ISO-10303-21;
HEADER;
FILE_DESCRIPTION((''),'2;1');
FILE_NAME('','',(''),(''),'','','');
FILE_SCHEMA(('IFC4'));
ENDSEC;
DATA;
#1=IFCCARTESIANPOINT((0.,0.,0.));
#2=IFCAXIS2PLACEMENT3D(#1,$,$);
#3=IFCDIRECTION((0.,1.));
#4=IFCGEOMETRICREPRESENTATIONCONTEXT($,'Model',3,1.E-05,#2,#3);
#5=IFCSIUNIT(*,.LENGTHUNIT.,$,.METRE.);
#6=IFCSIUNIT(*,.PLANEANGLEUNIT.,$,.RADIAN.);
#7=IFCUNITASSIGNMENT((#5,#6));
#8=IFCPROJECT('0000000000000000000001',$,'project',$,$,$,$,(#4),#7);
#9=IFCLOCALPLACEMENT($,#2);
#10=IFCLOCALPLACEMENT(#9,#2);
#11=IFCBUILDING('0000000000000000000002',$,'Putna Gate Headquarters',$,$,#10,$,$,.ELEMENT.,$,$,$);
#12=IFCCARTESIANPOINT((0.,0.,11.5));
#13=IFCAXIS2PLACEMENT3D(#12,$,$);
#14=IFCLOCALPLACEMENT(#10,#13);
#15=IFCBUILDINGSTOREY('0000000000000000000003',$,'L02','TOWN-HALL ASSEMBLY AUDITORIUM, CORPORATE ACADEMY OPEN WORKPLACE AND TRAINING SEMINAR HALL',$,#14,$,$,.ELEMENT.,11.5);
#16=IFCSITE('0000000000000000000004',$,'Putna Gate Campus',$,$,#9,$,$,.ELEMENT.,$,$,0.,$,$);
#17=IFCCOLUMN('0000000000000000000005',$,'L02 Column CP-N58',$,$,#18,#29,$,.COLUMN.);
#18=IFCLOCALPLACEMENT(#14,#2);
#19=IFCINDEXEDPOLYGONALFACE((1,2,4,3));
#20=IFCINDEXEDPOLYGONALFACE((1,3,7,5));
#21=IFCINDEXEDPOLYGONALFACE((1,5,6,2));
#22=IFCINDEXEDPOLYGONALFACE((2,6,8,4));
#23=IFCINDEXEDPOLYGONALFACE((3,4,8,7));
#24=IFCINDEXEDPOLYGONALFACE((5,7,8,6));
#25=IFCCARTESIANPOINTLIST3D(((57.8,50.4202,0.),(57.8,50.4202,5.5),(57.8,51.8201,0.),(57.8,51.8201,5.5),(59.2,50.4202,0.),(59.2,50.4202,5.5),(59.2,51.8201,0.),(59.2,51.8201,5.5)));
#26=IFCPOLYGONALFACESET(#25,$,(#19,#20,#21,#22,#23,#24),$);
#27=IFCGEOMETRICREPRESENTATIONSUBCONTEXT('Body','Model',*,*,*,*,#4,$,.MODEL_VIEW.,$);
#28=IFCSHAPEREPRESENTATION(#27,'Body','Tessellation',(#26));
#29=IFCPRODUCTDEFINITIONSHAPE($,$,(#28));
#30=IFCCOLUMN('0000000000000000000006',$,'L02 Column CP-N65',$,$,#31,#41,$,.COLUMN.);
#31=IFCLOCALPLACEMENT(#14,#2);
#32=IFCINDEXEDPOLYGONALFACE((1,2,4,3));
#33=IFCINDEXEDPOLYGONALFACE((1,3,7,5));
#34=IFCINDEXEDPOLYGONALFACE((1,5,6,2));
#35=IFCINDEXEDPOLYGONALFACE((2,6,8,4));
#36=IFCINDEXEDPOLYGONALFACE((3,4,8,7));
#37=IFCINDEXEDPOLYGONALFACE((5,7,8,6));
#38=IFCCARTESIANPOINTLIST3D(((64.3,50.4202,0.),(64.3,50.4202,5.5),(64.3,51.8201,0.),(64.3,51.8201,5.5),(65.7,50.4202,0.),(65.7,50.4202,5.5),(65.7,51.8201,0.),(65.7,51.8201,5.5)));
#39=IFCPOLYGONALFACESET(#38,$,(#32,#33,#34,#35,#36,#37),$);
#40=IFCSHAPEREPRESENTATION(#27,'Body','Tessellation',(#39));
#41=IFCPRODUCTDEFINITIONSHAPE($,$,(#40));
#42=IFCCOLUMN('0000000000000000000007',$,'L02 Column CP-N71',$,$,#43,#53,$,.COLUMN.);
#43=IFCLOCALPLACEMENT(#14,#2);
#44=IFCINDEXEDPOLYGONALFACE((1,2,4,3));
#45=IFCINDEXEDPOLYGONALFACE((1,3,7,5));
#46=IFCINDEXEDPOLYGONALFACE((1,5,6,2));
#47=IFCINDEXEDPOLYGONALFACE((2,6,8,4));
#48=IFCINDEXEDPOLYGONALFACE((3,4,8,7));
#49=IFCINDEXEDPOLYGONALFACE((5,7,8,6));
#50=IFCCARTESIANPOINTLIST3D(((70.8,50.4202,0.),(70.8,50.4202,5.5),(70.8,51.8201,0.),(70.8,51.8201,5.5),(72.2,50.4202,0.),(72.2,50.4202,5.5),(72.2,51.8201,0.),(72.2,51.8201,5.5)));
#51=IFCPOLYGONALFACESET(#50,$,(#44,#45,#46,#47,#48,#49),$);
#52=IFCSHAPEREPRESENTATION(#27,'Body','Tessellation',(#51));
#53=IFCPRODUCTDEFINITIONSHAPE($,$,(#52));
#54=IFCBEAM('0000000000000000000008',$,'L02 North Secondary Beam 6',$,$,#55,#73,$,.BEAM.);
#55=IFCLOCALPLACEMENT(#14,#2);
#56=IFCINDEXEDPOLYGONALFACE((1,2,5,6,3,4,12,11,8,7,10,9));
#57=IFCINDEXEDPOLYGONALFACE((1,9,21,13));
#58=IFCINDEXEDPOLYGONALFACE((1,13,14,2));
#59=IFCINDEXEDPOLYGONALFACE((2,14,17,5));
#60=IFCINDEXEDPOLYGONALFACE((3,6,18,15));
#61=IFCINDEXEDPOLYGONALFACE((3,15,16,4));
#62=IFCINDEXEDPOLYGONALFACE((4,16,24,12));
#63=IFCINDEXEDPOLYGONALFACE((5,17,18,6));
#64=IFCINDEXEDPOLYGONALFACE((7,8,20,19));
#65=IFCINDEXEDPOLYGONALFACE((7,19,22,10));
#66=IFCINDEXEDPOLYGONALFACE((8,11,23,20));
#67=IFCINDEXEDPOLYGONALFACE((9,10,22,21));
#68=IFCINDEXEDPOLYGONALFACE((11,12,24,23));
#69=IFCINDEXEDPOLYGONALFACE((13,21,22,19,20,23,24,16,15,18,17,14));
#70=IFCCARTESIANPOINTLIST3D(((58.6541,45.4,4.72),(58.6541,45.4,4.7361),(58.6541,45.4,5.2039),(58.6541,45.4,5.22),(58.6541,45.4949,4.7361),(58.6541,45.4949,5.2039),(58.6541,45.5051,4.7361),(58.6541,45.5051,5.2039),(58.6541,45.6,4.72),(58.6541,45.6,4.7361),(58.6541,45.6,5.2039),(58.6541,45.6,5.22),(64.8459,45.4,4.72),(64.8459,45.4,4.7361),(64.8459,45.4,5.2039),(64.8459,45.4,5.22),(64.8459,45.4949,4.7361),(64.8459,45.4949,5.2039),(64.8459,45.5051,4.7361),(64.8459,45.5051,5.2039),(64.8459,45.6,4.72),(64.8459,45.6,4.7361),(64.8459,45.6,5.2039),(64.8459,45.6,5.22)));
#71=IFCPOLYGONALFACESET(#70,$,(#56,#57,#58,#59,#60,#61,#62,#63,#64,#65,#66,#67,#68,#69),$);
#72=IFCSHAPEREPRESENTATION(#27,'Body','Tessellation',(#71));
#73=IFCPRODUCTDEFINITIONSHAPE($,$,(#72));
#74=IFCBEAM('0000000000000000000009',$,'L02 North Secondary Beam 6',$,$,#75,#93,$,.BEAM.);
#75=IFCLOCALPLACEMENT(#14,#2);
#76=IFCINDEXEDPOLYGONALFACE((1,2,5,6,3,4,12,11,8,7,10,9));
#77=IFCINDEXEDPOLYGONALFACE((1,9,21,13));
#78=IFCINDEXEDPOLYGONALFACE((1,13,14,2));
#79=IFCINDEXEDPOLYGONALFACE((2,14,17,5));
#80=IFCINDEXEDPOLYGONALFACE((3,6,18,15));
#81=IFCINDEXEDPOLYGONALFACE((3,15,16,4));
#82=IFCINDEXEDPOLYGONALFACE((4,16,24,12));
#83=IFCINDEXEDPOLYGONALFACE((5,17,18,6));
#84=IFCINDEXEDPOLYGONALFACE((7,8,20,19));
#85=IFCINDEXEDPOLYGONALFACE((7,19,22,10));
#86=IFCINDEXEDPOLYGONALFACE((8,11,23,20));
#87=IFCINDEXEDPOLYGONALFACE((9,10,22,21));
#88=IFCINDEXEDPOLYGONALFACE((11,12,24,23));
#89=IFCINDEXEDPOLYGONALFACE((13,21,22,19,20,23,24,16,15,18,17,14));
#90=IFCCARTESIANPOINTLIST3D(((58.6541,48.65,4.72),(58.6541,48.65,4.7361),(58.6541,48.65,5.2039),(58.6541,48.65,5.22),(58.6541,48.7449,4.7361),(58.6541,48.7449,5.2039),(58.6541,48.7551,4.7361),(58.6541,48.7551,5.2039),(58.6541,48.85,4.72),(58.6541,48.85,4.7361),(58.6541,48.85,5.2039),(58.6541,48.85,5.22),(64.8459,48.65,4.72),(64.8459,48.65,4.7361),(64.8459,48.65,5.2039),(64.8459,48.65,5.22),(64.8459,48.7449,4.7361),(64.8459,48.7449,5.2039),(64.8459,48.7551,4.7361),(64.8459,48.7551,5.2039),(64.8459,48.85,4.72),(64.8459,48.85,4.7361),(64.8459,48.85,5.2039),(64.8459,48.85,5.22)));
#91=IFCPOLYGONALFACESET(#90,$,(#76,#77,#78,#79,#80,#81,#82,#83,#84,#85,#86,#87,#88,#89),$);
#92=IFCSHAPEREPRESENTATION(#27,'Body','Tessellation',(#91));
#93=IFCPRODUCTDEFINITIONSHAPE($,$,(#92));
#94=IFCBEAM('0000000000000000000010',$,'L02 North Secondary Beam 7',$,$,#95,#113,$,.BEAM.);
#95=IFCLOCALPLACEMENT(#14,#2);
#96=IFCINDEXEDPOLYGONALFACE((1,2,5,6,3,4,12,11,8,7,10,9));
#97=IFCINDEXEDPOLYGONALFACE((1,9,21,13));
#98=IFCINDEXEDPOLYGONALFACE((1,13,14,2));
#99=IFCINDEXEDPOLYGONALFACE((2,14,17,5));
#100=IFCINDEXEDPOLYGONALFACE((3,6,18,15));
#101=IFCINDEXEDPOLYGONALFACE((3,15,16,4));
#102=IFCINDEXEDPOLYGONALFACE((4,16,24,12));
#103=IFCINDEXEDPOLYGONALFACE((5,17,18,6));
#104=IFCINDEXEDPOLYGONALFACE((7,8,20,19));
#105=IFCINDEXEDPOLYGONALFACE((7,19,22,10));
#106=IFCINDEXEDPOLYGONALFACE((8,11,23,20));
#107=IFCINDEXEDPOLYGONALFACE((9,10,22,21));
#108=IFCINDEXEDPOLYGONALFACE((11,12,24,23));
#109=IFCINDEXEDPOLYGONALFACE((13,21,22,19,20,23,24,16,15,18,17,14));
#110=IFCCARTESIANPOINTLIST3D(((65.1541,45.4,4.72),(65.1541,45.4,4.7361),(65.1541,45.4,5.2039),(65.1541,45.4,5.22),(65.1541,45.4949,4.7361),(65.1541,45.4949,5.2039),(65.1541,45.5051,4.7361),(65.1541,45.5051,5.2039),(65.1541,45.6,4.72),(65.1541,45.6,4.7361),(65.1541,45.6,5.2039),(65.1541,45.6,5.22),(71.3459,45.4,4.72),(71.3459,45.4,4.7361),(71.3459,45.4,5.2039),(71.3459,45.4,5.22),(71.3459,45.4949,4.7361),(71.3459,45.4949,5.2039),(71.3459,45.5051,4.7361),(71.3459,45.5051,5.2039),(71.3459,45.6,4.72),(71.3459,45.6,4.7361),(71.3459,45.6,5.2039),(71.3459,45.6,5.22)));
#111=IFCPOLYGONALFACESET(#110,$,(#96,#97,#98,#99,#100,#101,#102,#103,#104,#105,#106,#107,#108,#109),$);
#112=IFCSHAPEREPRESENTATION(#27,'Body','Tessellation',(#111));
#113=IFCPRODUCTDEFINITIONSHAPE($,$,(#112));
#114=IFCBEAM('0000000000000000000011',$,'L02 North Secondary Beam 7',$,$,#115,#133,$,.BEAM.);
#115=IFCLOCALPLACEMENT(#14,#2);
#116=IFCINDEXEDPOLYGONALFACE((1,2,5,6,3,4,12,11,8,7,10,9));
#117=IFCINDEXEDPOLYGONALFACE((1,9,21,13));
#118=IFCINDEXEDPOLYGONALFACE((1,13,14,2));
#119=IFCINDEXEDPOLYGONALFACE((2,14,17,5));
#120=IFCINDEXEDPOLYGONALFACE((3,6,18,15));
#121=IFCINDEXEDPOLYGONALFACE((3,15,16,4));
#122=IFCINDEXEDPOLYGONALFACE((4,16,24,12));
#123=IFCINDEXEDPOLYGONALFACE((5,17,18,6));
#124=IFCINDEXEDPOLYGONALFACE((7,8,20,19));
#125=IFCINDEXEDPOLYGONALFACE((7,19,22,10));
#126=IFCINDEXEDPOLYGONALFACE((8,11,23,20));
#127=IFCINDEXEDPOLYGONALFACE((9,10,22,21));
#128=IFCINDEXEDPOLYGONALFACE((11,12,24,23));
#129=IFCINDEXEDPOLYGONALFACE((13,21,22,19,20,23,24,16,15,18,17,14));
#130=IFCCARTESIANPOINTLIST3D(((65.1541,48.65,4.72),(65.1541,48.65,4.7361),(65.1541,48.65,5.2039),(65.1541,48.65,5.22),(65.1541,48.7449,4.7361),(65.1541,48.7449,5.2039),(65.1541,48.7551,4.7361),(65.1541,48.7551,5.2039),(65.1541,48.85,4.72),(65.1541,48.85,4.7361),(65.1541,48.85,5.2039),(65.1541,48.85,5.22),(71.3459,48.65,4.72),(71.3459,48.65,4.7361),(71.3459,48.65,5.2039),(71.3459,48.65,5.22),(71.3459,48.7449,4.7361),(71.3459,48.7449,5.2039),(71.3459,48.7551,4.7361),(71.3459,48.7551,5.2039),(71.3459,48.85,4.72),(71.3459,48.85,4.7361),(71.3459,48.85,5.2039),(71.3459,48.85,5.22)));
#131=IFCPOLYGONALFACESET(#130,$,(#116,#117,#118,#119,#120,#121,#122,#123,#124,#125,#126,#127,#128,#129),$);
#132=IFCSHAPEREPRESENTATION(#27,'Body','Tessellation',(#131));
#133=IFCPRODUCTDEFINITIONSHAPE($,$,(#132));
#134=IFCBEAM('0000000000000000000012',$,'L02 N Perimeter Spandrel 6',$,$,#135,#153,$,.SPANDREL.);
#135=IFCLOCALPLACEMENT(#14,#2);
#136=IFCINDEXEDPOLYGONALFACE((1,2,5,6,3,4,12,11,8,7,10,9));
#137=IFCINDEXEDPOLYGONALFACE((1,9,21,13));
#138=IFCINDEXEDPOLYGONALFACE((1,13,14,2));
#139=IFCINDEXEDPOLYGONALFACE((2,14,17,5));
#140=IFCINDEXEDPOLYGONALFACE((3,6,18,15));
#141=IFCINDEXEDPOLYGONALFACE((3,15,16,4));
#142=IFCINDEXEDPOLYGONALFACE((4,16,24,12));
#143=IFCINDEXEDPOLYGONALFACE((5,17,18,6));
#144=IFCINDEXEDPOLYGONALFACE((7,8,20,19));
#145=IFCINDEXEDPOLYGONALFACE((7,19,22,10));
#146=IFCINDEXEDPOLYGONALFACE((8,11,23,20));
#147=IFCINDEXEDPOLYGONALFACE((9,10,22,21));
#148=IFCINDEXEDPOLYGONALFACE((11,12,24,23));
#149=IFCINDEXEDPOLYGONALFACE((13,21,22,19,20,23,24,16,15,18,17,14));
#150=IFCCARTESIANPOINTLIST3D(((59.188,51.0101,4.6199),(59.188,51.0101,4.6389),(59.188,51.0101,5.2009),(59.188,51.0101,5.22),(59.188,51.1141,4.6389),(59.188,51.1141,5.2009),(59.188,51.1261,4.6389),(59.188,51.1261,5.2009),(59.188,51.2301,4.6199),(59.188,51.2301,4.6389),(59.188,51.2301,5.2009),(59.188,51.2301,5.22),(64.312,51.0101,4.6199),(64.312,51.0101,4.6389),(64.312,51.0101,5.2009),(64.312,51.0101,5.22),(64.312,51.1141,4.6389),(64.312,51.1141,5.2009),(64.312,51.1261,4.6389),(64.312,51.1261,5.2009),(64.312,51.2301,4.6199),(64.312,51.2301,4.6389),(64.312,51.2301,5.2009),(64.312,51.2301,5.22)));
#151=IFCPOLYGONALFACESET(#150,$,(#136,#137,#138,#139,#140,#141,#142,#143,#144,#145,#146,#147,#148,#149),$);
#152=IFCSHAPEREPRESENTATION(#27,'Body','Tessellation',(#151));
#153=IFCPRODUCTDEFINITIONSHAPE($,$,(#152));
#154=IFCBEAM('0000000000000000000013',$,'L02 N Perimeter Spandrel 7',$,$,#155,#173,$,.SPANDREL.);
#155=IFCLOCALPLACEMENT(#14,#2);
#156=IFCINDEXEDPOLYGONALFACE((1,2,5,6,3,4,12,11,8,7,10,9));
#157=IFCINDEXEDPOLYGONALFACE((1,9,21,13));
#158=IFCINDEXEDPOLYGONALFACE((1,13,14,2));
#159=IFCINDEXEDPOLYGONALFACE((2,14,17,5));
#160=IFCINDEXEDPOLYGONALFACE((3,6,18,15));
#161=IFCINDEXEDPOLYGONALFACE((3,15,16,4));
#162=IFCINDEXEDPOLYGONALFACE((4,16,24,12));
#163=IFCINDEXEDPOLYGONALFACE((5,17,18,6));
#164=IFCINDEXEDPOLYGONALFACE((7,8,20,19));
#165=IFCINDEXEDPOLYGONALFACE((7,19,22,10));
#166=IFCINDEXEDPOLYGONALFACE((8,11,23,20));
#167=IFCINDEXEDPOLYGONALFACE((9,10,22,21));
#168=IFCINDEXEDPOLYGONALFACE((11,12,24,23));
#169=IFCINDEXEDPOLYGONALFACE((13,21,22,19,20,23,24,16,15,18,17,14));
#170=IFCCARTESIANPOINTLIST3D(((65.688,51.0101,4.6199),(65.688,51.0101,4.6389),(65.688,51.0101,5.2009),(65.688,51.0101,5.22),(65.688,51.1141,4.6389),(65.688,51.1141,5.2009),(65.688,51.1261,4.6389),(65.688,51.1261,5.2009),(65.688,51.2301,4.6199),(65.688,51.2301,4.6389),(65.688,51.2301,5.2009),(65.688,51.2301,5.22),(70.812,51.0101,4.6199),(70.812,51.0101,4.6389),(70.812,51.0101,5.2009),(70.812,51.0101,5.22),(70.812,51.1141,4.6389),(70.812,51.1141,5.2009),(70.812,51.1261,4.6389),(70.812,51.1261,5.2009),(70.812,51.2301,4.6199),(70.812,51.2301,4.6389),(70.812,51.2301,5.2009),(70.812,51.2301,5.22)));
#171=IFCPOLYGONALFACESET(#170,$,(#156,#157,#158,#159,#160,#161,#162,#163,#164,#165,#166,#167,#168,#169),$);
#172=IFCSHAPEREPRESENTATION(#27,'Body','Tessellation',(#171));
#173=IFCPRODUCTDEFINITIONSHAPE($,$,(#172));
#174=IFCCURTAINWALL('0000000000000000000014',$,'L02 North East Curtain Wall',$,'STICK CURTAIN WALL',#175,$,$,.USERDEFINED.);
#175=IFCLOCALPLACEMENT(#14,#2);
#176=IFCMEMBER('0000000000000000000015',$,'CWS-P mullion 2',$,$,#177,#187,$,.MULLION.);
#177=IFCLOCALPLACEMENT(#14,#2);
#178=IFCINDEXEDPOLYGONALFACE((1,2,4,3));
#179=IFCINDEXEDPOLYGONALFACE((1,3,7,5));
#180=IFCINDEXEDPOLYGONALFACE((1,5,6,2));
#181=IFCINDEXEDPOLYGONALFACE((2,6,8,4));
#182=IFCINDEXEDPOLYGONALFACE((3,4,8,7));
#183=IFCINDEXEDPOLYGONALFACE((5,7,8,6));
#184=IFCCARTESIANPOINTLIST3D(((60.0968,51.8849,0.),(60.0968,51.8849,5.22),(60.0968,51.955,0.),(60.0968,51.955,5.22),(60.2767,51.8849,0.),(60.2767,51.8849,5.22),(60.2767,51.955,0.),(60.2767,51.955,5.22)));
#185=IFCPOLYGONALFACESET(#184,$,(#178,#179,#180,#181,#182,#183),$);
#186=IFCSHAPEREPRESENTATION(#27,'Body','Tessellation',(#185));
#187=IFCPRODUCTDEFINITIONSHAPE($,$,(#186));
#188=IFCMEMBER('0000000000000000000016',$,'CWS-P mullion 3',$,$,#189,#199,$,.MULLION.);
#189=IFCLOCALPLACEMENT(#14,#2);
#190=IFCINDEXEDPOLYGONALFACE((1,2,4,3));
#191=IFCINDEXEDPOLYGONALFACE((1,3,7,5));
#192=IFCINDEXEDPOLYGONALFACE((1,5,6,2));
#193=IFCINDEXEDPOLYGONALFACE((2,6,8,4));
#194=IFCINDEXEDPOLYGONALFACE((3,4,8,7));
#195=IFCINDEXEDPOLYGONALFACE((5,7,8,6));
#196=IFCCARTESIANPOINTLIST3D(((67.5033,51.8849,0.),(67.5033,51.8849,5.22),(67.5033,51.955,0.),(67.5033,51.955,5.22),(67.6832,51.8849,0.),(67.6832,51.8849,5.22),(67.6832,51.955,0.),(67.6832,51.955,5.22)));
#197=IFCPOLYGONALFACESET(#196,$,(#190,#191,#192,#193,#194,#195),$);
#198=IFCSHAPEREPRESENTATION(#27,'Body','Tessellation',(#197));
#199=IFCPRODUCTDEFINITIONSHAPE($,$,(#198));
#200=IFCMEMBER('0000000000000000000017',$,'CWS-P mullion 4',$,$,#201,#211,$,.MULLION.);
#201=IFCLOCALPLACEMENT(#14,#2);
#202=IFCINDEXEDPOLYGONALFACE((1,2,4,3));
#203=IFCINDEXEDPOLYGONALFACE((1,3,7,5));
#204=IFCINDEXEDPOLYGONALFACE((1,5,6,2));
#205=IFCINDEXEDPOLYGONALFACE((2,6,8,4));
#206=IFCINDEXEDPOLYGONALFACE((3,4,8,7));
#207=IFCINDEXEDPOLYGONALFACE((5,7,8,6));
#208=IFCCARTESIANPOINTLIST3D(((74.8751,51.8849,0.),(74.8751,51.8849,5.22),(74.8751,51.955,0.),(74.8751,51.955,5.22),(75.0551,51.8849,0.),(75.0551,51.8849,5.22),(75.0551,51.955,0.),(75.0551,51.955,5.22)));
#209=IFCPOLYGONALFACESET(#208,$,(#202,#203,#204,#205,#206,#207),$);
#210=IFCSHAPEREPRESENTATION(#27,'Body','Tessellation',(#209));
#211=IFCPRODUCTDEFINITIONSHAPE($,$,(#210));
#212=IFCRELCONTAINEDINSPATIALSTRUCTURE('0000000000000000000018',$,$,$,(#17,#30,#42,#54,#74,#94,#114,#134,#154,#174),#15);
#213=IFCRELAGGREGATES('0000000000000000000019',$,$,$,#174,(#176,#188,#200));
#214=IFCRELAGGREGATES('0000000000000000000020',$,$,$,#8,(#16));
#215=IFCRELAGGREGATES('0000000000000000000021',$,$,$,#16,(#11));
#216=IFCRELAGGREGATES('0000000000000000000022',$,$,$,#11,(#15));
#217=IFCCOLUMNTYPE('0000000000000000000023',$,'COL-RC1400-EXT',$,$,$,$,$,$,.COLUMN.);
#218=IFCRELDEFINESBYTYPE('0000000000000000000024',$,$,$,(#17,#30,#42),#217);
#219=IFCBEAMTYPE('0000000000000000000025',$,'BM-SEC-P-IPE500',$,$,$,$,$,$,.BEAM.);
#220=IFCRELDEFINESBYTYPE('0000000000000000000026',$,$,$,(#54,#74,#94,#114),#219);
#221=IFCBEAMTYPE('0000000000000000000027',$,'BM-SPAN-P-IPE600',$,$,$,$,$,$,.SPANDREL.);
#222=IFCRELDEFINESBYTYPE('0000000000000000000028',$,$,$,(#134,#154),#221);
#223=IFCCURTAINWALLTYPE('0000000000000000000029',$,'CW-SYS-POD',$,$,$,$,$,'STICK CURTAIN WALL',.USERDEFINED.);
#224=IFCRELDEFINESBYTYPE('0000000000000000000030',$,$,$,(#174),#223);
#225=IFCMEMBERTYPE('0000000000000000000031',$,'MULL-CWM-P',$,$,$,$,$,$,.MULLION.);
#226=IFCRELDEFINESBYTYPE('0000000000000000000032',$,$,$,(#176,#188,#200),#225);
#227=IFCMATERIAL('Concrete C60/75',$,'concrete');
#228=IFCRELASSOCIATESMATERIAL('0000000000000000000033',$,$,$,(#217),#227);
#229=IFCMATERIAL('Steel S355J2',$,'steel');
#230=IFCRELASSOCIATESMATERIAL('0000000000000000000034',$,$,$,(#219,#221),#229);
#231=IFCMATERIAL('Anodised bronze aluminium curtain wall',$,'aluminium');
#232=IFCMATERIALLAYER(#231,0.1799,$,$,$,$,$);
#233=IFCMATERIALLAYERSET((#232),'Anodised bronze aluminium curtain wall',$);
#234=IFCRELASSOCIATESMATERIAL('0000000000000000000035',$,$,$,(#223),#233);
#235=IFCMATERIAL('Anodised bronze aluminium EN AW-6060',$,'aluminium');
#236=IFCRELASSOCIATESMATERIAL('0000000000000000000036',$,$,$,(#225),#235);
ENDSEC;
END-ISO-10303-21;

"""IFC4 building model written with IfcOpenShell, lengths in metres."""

from ifc_helpers import new_model, si_unit, direction, frame, origin, origin_2d, place, context, subcontext, project, spatial, rectangle, i_section, extrude, material, layer, layer_set, material_profile, profile_set, type_object, element, aggregate, save


model = new_model("IFC4")

# Units and contexts
model_context = context("Model", 3, precision=1e-05, world=origin(), true_north=direction((0.0, 1.0)))
body_context = subcontext(model_context, "Body", "Model", "MODEL_VIEW")
ifc_project = project(units=[si_unit("LENGTHUNIT", "METRE"), si_unit("PLANEANGLEUNIT", "RADIAN")], contexts=[model_context])

# Site, building, storey
site_placement = place(None, origin())
site = spatial("IfcSite", under=ifc_project, at=site_placement, Name="Putna Gate Campus", CompositionType="ELEMENT", RefElevation=0.0)
building_placement = place(site_placement, origin())
building = spatial("IfcBuilding", under=site, at=building_placement, Name="Putna Gate Headquarters", CompositionType="ELEMENT")
storey_placement = place(building_placement, frame((0.0, 0.0, 11.5)))
storey = spatial("IfcBuildingStorey", under=building, at=storey_placement, Name="L02", Description="TOWN-HALL ASSEMBLY AUDITORIUM, CORPORATE ACADEMY OPEN WORKPLACE AND TRAINING SEMINAR HALL", CompositionType="ELEMENT", Elevation=11.5)

# Columns
ifc_material_1 = material(Name="Concrete C60/75", Category="concrete")
ifc_material_profile_1 = material_profile(ifc_material_1, rectangle(XDim=1.3999, YDim=1.3999, at=origin_2d()), Name="Concrete C60/75")
ifc_profile_set_1 = profile_set([ifc_material_profile_1], Name="Concrete C60/75")
column_type = type_object("IfcColumnType", Name="COL-RC1400-EXT", PredefinedType="COLUMN", material=ifc_profile_set_1)
for number, where, z_axis, x_axis, name in (
    (1, (58.5, 51.1201, 0.0), (0.0, 0.0, 1.0), (1.0, 0.0, 0.0), "L02 Column CP-N58"),
    (2, (65.0, 51.1201, 0.0), (0.0, 0.0, 1.0), (1.0, 0.0, 0.0), "L02 Column CP-N65"),
    (3, (71.5, 51.1201, 0.0), (0.0, 0.0, 1.0), (1.0, 0.0, 0.0), "L02 Column CP-N71"),
):
    element("IfcColumn", number, at=place(storey_placement, frame(where, z_axis=z_axis, x_axis=x_axis)), inside=storey, type_object=column_type, Name=name, PredefinedType="COLUMN", context=body_context, shape_type="SweptSolid", body=[
        extrude(rectangle(XDim=1.3999, YDim=1.3999, at=origin_2d()), origin(), (0.0, 0.0, 1.0), 5.5),
    ])

# Beams
ifc_material_2 = material(Name="Steel S355J2", Category="steel")
ifc_material_profile_2 = material_profile(ifc_material_2, i_section(OverallWidth=0.2, OverallDepth=0.5, WebThickness=0.0103, FlangeThickness=0.0161, at=origin_2d()), Name="Steel S355J2")
ifc_profile_set_2 = profile_set([ifc_material_profile_2], Name="Steel S355J2")
beam_type_1 = type_object("IfcBeamType", Name="BM-SEC-P-IPE500", PredefinedType="BEAM", material=ifc_profile_set_2)
for number, where, z_axis, x_axis, name in (
    (4, (58.6541, 45.5, 4.97), (1.0, 0.0, 0.0), (0.0, 1.0, 0.0), "L02 North Secondary Beam 6"),
    (5, (58.6541, 48.75, 4.97), (1.0, 0.0, 0.0), (0.0, 1.0, 0.0), "L02 North Secondary Beam 6"),
    (6, (65.1541, 45.5, 4.97), (1.0, 0.0, 0.0), (0.0, 1.0, 0.0), "L02 North Secondary Beam 7"),
    (7, (65.1541, 48.75, 4.97), (1.0, 0.0, 0.0), (0.0, 1.0, 0.0), "L02 North Secondary Beam 7"),
):
    element("IfcBeam", number, at=place(storey_placement, frame(where, z_axis=z_axis, x_axis=x_axis)), inside=storey, type_object=beam_type_1, Name=name, PredefinedType="BEAM", context=body_context, shape_type="SweptSolid", body=[
        extrude(i_section(OverallWidth=0.2, OverallDepth=0.5, WebThickness=0.0103, FlangeThickness=0.0161, at=origin_2d()), origin(), (0.0, 0.0, 1.0), 6.1919),
    ])
ifc_material_profile_3 = material_profile(ifc_material_2, i_section(OverallWidth=0.22, OverallDepth=0.6001, WebThickness=0.012, FlangeThickness=0.019, at=origin_2d()), Name="Steel S355J2")
ifc_profile_set_3 = profile_set([ifc_material_profile_3], Name="Steel S355J2")
beam_type_2 = type_object("IfcBeamType", Name="BM-SPAN-P-IPE600", PredefinedType="SPANDREL", material=ifc_profile_set_3)
for number, where, z_axis, x_axis, name in (
    (8, (59.188, 51.1201, 4.9199), (1.0, 0.0, 0.0), (0.0, 1.0, 0.0), "L02 N Perimeter Spandrel 6"),
    (9, (65.688, 51.1201, 4.9199), (1.0, 0.0, 0.0), (0.0, 1.0, 0.0), "L02 N Perimeter Spandrel 7"),
):
    element("IfcBeam", number, at=place(storey_placement, frame(where, z_axis=z_axis, x_axis=x_axis)), inside=storey, type_object=beam_type_2, Name=name, PredefinedType="SPANDREL", context=body_context, shape_type="SweptSolid", body=[
        extrude(i_section(OverallWidth=0.22, OverallDepth=0.6001, WebThickness=0.012, FlangeThickness=0.019, at=origin_2d()), origin(), (0.0, 0.0, 1.0), 5.124),
    ])

# Curtain wall, members
ifc_material_3 = material(Name="Anodised bronze aluminium curtain wall", Category="aluminium")
ifc_layer_1 = layer(ifc_material_3, 0.1799)
ifc_layer_set_1 = layer_set([ifc_layer_1], Name="Anodised bronze aluminium curtain wall")
curtain_wall_type = type_object("IfcCurtainWallType", Name="CW-SYS-POD", ElementType="STICK CURTAIN WALL", PredefinedType="USERDEFINED", material=ifc_layer_set_1)
curtain_wall_placement = place(storey_placement, origin())
curtain_wall = element("IfcCurtainWall", 10, at=curtain_wall_placement, inside=storey, type_object=curtain_wall_type, Name="L02 North East Curtain Wall", ObjectType="STICK CURTAIN WALL", PredefinedType="USERDEFINED")
ifc_material_4 = material(Name="Anodised bronze aluminium EN AW-6060", Category="aluminium")
ifc_material_profile_4 = material_profile(ifc_material_4, rectangle(XDim=0.0701, YDim=0.1799, at=origin_2d()), Name="Anodised bronze aluminium EN AW-6060")
ifc_profile_set_4 = profile_set([ifc_material_profile_4], Name="Anodised bronze aluminium EN AW-6060")
member_type_1 = type_object("IfcMemberType", Name="MULL-CWM-P", PredefinedType="MULLION", material=ifc_profile_set_4)
member_1_placement = place(storey_placement, frame((60.1868, 51.9199, 0.0), z_axis=(0.0, 0.0, 1.0), x_axis=(0.0, 1.0, 0.0)))
member_1 = element("IfcMember", 11, at=member_1_placement, type_object=member_type_1, Name="CWS-P mullion 2", PredefinedType="MULLION", context=body_context, shape_type="SweptSolid", body=[
    extrude(rectangle(XDim=0.0701, YDim=0.1799, at=origin_2d()), origin(), (0.0, 0.0, 1.0), 5.22),
])
member_2_placement = place(storey_placement, frame((67.5933, 51.9199, 0.0), z_axis=(0.0, 0.0, 1.0), x_axis=(0.0, 1.0, 0.0)))
member_2 = element("IfcMember", 12, at=member_2_placement, type_object=member_type_1, Name="CWS-P mullion 3", PredefinedType="MULLION", context=body_context, shape_type="SweptSolid", body=[
    extrude(rectangle(XDim=0.0701, YDim=0.1799, at=origin_2d()), origin(), (0.0, 0.0, 1.0), 5.22),
])
member_3_placement = place(storey_placement, frame((74.9651, 51.9199, 0.0), z_axis=(0.0, 0.0, 1.0), x_axis=(0.0, 1.0, 0.0)))
member_3 = element("IfcMember", 13, at=member_3_placement, type_object=member_type_1, Name="CWS-P mullion 4", PredefinedType="MULLION", context=body_context, shape_type="SweptSolid", body=[
    extrude(rectangle(XDim=0.0701, YDim=0.1799, at=origin_2d()), origin(), (0.0, 0.0, 1.0), 5.22),
])
aggregate(curtain_wall, [member_1, member_2, member_3])

save(model, "model.ifc")
